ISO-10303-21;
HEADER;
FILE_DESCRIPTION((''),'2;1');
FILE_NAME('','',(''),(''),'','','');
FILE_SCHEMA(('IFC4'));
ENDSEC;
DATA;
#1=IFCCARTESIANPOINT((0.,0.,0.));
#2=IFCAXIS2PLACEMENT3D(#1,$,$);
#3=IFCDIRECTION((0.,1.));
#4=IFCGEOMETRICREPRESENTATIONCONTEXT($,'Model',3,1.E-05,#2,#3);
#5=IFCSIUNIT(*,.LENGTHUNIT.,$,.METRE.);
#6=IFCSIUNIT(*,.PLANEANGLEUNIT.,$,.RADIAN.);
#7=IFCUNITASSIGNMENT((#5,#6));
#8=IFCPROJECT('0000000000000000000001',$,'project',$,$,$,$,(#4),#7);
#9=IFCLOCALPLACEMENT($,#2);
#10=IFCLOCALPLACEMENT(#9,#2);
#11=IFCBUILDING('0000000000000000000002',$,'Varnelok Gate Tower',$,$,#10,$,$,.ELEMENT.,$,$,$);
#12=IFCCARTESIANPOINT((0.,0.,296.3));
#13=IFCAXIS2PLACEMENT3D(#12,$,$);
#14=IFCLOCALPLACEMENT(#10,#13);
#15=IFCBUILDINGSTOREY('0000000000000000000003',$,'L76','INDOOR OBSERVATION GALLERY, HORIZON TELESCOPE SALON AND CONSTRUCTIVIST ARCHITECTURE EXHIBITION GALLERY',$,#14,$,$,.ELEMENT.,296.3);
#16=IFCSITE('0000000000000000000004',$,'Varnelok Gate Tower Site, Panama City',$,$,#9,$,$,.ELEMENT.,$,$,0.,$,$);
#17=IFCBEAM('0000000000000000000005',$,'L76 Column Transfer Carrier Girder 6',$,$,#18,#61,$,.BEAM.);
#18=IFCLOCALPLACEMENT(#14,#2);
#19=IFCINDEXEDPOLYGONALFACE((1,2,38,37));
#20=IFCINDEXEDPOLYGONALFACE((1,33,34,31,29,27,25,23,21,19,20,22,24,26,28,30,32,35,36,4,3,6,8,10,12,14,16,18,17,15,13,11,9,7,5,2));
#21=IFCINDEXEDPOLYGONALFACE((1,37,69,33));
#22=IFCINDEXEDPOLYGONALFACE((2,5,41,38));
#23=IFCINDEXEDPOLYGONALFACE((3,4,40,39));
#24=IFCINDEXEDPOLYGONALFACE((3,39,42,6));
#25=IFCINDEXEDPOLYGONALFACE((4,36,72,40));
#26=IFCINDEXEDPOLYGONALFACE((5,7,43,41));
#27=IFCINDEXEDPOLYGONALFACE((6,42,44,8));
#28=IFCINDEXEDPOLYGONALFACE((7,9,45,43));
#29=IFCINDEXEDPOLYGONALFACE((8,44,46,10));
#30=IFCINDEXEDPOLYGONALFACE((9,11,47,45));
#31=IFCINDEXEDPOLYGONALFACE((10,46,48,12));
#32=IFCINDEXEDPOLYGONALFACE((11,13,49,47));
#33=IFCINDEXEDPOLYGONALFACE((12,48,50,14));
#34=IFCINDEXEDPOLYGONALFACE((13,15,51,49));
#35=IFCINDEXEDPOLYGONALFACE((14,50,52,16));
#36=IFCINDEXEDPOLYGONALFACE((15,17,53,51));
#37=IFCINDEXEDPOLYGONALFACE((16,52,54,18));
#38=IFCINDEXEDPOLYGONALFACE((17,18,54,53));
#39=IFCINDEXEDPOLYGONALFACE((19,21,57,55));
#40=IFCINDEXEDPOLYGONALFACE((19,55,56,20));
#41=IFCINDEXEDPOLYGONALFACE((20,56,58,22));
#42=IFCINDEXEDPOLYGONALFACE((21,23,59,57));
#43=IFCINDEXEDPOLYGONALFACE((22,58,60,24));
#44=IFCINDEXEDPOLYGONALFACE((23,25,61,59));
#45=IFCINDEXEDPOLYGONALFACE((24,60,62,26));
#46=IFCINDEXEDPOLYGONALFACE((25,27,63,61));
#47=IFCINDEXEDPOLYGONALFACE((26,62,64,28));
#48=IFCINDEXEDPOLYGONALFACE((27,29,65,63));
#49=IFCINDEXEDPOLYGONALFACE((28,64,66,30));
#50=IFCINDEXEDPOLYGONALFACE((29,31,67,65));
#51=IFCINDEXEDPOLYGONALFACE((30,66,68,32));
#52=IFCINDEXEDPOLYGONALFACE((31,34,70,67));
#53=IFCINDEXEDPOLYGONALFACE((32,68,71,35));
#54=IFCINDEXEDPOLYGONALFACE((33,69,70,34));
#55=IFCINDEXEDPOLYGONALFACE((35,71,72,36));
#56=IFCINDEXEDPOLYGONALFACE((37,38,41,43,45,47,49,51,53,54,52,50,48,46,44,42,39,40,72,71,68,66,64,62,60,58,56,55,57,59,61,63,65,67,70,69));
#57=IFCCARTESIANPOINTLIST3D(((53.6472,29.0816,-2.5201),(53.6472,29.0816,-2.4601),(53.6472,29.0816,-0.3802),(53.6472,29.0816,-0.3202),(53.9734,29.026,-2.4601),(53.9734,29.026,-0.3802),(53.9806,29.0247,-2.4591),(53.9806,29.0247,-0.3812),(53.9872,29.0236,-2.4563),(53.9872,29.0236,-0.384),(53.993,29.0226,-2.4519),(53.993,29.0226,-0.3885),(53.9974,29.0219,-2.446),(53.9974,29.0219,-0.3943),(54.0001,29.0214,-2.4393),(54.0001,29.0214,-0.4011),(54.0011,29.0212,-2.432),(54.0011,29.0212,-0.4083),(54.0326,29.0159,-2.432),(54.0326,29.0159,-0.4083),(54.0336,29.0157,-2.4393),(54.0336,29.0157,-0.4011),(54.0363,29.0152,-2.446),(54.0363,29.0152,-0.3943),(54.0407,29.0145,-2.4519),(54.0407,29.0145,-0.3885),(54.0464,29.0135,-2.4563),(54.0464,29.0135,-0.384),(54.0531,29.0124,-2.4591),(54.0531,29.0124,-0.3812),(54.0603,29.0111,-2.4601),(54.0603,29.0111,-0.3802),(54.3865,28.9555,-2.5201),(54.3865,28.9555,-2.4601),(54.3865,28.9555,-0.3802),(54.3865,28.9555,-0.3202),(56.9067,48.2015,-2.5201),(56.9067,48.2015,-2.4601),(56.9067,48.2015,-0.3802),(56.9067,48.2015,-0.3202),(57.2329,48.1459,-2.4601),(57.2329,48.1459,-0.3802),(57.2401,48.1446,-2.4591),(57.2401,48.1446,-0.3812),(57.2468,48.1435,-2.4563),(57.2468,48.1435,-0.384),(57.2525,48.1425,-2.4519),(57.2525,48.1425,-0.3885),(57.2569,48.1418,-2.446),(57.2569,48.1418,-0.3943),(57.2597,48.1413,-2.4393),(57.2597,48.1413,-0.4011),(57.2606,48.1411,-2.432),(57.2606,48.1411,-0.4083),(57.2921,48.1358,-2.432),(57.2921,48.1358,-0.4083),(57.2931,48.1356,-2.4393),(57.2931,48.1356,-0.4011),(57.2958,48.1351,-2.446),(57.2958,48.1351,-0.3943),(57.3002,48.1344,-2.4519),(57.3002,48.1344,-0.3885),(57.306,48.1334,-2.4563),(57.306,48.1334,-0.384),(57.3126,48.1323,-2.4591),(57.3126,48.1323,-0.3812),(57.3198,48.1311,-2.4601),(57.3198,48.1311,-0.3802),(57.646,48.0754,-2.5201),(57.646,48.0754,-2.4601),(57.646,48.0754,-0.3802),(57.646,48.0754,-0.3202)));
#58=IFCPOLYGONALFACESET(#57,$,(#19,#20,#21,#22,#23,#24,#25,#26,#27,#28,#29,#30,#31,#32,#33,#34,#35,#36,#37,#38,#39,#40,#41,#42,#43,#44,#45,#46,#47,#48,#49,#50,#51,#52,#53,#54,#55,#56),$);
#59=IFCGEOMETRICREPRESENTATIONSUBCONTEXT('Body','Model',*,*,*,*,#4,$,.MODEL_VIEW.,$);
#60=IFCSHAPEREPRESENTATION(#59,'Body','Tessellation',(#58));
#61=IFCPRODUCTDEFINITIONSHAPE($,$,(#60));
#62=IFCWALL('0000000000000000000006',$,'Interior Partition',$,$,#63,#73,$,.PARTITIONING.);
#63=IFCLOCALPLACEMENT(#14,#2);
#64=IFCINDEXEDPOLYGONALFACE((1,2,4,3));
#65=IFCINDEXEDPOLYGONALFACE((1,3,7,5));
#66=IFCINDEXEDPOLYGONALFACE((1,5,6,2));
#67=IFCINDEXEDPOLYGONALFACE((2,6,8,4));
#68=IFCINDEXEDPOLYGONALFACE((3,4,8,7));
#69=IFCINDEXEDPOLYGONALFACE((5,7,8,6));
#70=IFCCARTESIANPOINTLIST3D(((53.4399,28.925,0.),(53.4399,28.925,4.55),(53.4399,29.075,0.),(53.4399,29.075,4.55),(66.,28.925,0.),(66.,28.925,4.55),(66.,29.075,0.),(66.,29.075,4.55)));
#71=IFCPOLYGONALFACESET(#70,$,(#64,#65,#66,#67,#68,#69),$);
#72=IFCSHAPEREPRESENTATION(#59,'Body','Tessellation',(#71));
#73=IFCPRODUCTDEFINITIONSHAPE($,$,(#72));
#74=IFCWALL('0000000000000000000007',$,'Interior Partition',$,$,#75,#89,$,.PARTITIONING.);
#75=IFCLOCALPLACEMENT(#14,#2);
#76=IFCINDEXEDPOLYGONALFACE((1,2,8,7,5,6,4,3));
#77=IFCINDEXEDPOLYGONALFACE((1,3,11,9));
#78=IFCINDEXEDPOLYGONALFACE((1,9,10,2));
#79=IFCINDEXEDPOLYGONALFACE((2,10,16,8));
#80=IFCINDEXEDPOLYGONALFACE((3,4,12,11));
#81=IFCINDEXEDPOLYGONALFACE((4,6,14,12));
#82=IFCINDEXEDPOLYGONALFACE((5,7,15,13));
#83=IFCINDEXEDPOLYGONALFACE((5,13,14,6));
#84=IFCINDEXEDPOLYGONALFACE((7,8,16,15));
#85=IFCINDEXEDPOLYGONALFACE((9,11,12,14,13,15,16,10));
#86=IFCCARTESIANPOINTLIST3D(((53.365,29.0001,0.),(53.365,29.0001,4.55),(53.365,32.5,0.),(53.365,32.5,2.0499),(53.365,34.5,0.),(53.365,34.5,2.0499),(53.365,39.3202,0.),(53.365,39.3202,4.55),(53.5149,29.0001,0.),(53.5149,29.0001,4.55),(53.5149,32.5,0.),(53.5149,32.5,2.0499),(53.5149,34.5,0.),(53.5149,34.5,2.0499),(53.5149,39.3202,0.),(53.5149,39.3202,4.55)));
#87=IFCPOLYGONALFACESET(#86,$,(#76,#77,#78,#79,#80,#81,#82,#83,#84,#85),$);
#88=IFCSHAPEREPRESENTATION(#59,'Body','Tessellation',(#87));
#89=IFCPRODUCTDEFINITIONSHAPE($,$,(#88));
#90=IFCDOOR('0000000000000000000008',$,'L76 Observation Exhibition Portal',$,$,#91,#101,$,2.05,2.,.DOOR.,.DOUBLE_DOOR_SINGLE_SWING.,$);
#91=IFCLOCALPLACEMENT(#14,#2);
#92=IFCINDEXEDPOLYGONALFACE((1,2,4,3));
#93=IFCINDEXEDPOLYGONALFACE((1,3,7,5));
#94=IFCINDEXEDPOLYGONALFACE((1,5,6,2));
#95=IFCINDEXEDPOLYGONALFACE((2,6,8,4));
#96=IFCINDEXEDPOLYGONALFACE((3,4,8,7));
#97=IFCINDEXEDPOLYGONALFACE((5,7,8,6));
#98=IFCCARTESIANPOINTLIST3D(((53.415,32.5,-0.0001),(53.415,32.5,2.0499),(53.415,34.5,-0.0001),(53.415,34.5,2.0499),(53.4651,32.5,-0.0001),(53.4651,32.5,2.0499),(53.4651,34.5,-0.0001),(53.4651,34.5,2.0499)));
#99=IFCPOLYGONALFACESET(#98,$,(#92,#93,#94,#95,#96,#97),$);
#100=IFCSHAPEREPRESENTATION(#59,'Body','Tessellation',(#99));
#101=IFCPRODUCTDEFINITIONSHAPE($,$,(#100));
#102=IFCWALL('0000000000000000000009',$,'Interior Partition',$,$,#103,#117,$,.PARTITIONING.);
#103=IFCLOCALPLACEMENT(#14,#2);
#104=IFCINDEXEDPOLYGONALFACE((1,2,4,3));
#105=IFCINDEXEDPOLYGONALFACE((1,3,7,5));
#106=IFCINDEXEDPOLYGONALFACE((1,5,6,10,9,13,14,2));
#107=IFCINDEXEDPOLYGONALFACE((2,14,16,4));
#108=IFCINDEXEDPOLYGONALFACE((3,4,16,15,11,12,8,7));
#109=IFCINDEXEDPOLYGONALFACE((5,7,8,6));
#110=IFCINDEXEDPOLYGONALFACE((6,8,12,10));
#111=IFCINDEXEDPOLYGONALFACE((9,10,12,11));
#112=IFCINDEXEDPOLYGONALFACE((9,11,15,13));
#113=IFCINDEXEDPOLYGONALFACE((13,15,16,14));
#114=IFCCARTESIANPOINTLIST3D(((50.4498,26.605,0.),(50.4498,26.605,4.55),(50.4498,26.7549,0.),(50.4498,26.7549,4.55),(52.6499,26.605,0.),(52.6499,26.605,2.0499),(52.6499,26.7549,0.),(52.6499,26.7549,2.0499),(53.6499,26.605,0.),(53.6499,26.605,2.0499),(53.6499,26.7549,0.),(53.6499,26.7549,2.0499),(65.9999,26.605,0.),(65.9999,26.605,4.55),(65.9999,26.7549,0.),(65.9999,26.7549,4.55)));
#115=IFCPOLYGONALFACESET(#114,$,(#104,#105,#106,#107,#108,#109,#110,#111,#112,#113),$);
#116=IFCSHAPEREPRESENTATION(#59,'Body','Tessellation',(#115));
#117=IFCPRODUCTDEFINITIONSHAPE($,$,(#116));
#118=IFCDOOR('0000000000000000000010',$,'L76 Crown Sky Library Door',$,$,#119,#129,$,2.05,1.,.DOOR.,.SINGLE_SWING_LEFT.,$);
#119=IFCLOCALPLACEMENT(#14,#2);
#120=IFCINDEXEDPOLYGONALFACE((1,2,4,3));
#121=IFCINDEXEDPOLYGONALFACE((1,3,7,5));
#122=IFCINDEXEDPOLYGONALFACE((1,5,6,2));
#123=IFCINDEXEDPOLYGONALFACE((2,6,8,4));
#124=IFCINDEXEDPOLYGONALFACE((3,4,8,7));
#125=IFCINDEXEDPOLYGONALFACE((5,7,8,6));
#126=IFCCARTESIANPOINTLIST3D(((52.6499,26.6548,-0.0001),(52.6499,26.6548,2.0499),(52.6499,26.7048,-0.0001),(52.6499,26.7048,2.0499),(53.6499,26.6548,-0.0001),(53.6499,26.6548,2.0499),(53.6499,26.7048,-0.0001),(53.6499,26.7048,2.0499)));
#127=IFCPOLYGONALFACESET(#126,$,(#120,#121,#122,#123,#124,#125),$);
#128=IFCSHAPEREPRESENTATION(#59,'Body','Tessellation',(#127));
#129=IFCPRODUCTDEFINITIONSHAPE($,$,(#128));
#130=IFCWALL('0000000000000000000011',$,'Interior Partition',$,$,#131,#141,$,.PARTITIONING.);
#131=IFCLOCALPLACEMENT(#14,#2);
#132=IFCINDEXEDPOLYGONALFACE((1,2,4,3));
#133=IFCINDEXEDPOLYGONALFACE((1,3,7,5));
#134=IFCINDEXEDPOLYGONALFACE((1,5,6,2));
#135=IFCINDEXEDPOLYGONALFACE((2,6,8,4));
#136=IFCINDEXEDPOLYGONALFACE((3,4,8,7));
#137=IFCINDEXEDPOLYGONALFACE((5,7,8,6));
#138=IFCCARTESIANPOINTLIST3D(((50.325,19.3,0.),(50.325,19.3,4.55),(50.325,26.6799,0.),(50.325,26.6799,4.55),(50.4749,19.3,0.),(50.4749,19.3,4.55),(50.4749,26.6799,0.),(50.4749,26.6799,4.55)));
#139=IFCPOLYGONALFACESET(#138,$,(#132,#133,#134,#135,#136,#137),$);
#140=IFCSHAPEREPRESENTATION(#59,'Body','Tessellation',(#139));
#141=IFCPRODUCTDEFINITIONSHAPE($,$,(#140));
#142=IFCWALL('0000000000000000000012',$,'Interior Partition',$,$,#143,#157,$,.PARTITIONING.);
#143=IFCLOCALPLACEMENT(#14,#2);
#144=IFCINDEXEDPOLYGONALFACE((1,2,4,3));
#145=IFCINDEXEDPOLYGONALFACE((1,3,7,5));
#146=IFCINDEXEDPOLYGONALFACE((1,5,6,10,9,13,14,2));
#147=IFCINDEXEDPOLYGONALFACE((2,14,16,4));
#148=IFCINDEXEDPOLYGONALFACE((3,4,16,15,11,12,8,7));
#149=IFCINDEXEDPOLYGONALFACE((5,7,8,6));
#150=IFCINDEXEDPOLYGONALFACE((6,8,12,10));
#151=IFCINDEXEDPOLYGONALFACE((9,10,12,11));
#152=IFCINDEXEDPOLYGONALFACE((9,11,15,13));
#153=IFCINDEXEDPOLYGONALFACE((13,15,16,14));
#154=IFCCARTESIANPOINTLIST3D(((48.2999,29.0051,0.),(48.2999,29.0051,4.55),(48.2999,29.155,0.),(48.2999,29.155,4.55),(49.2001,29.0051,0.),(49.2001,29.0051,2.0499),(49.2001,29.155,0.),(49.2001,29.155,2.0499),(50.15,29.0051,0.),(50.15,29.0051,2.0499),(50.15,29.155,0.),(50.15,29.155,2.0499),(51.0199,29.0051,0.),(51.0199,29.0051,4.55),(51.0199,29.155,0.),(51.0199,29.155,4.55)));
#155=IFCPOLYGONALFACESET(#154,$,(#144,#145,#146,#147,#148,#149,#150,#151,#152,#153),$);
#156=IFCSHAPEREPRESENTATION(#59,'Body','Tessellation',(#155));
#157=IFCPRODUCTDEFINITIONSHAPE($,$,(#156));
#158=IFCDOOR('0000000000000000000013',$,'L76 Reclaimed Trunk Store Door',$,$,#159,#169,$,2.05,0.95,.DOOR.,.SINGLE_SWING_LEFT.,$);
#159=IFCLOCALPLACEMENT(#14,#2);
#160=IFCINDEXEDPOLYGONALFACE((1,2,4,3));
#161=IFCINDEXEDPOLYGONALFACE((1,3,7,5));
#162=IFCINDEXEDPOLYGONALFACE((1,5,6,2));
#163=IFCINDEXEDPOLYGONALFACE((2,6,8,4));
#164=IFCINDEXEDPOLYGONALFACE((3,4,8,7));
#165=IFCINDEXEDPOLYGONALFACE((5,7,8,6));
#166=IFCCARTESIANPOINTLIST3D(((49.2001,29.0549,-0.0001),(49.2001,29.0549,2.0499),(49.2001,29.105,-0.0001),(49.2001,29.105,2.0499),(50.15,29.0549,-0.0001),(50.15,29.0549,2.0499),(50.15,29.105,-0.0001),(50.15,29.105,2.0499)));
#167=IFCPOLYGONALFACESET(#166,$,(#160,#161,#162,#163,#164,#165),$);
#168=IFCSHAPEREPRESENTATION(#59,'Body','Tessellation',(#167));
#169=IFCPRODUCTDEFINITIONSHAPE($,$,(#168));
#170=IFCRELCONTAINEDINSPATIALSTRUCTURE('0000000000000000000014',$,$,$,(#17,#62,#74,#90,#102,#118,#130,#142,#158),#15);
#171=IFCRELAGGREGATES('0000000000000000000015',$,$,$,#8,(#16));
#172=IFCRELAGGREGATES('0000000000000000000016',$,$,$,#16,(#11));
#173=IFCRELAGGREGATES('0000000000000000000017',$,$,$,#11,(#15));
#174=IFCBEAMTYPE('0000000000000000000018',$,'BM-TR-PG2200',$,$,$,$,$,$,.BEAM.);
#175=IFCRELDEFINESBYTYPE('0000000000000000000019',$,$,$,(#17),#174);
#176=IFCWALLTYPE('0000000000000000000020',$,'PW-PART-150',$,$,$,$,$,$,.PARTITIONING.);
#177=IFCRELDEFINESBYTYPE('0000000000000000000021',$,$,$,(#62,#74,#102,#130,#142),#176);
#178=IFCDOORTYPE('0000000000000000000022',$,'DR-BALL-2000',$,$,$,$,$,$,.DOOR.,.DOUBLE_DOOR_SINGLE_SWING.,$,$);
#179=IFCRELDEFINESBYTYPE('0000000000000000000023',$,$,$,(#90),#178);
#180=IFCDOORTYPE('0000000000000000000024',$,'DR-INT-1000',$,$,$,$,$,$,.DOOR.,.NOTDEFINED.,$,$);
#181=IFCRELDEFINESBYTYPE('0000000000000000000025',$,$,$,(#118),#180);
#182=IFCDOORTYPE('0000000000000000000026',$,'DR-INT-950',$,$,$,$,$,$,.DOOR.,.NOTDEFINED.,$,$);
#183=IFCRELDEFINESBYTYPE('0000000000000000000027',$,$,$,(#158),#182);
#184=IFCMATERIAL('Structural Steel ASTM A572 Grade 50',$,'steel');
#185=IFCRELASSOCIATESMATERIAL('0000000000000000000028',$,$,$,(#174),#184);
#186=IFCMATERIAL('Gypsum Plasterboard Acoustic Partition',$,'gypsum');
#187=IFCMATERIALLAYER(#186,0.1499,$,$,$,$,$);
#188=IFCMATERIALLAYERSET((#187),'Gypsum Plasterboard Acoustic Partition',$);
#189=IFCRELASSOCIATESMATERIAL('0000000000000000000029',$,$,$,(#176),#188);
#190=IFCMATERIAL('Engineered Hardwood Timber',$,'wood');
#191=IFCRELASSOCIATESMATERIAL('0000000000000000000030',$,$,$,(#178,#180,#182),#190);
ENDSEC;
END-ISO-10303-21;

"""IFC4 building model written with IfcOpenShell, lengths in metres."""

from ifc_helpers import new_model, si_unit, direction, frame, frame_2d, origin, origin_2d, place, context, subcontext, project, spatial, rectangle, i_section, extrude, material, layer, layer_set, material_profile, profile_set, type_object, element, fill, save


model = new_model("IFC4")

# Units and contexts
model_context = context("Model", 3, precision=1e-05, world=origin(), true_north=direction((0.0, 1.0)))
body_context = subcontext(model_context, "Body", "Model", "MODEL_VIEW")
ifc_project = project(units=[si_unit("LENGTHUNIT", "METRE"), si_unit("PLANEANGLEUNIT", "RADIAN")], contexts=[model_context])

# Site, building, storey
site_placement = place(None, origin())
site = spatial("IfcSite", under=ifc_project, at=site_placement, Name="Varnelok Gate Tower Site, Panama City", CompositionType="ELEMENT", RefElevation=0.0)
building_placement = place(site_placement, origin())
building = spatial("IfcBuilding", under=site, at=building_placement, Name="Varnelok Gate Tower", CompositionType="ELEMENT")
storey_placement = place(building_placement, frame((0.0, 0.0, 296.3)))
storey = spatial("IfcBuildingStorey", under=building, at=storey_placement, Name="L76", Description="INDOOR OBSERVATION GALLERY, HORIZON TELESCOPE SALON AND CONSTRUCTIVIST ARCHITECTURE EXHIBITION GALLERY", CompositionType="ELEMENT", Elevation=296.3)

# Beam
ifc_material_1 = material(Name="Structural Steel ASTM A572 Grade 50", Category="steel")
ifc_material_profile_1 = material_profile(ifc_material_1, i_section(OverallWidth=0.75, OverallDepth=2.2, WebThickness=0.032, FlangeThickness=0.0601, FilletRadius=0.0281, at=origin_2d()), Name="PG2200X750")
ifc_profile_set_1 = profile_set([ifc_material_profile_1], Name="Structural Steel ASTM A572 Grade 50")
beam_type = type_object("IfcBeamType", Name="BM-TR-PG2200", PredefinedType="BEAM", material=ifc_profile_set_1)
beam_1_placement = place(storey_placement, frame((54.0168, 29.0186, -1.4202), z_axis=(0.168054, 0.985778, 0.0), x_axis=(-0.985778, 0.168054, 0.0)))
element("IfcBeam", 1, at=beam_1_placement, inside=storey, type_object=beam_type, Name="L76 Column Transfer Carrier Girder 6", PredefinedType="BEAM", context=body_context, shape_type="SweptSolid", body=[
    extrude(i_section(OverallWidth=0.75, OverallDepth=2.2, WebThickness=0.032, FlangeThickness=0.0601, FilletRadius=0.0281, at=origin_2d()), origin(), (0.0, 0.0, 1.0), 19.3958),
])

# Wall
ifc_material_2 = material(Name="Gypsum Plasterboard Acoustic Partition", Category="gypsum")
ifc_layer = layer(ifc_material_2, 0.1499)
ifc_layer_set = layer_set([ifc_layer], Name="Gypsum Plasterboard Acoustic Partition")
wall_type = type_object("IfcWallType", Name="PW-PART-150", PredefinedType="PARTITIONING", material=ifc_layer_set)
wall_1_placement = place(storey_placement, frame((53.4399, 29.0, 0.0), z_axis=(0.0, 0.0, 1.0), x_axis=(1.0, 0.0, 0.0)))
element("IfcWall", 2, at=wall_1_placement, inside=storey, type_object=wall_type, Name="Interior Partition", PredefinedType="PARTITIONING", context=body_context, shape_type="SweptSolid", body=[
    extrude(rectangle(XDim=12.5601, YDim=0.1499, at=frame_2d((6.28, 0.0))), origin(), (0.0, 0.0, 1.0), 4.55),
])

# Walls, openings, doors
wall_2_placement = place(storey_placement, frame((53.4399, 29.0, 0.0), z_axis=(0.0, 0.0, 1.0), x_axis=(0.0, 1.0, 0.0)))
wall_2 = element("IfcWall", 3, at=wall_2_placement, inside=storey, type_object=wall_type, Name="Interior Partition", PredefinedType="PARTITIONING", context=body_context, shape_type="SweptSolid", body=[
    extrude(rectangle(XDim=10.3201, YDim=0.1499, at=frame_2d((5.1602, 0.0))), origin(), (0.0, 0.0, 1.0), 4.55),
])
opening_1_placement = place(wall_2_placement, frame((3.5, 0.0, 0.0)))
opening_1 = element("IfcOpeningElement", 4, at=opening_1_placement, cuts=wall_2, PredefinedType="OPENING", context=body_context, shape_type="SweptSolid", body=[
    extrude(rectangle(XDim=2.0, YDim=2.05, at=frame_2d((1.0, 1.0249))), frame((0.0, 0.085, 0.0), z_axis=(0.0, -1.0, 0.0), x_axis=(1.0, 0.0, 0.0)), (0.0, 0.0, 1.0), 0.1699),
])
ifc_material_3 = material(Name="Engineered Hardwood Timber", Category="wood")
door_type_1 = type_object("IfcDoorType", Name="DR-BALL-2000", OperationType="DOUBLE_DOOR_SINGLE_SWING", PredefinedType="DOOR", material=ifc_material_3)
door_1_placement = place(opening_1_placement, origin())
door_1 = element("IfcDoor", 5, at=door_1_placement, inside=storey, type_object=door_type_1, Name="L76 Observation Exhibition Portal", OperationType="DOUBLE_DOOR_SINGLE_SWING", OverallHeight=2.05, OverallWidth=2.0, PredefinedType="DOOR", context=body_context, shape_type="SweptSolid", body=[
    extrude(rectangle(XDim=2.0, YDim=2.05, at=frame_2d((1.0, 1.0249))), frame((0.0, 0.0249, 0.0), z_axis=(0.0, -1.0, 0.0), x_axis=(1.0, 0.0, 0.0)), (0.0, 0.0, 1.0), 0.05),
])
fill(opening_1, door_1)
wall_3_placement = place(storey_placement, frame((50.45, 26.6799, 0.0), z_axis=(0.0, 0.0, 1.0), x_axis=(1.0, 0.0, 0.0)))
wall_3 = element("IfcWall", 6, at=wall_3_placement, inside=storey, type_object=wall_type, Name="Interior Partition", PredefinedType="PARTITIONING", context=body_context, shape_type="SweptSolid", body=[
    extrude(rectangle(XDim=15.55, YDim=0.1499, at=frame_2d((7.7749, 0.0))), origin(), (0.0, 0.0, 1.0), 4.55),
])
opening_2_placement = place(wall_3_placement, frame((2.2, 0.0, 0.0)))
opening_2 = element("IfcOpeningElement", 7, at=opening_2_placement, cuts=wall_3, PredefinedType="OPENING", context=body_context, shape_type="SweptSolid", body=[
    extrude(rectangle(XDim=1.0, YDim=2.05, at=frame_2d((0.5, 1.0249))), frame((0.0, 0.085, 0.0), z_axis=(0.0, -1.0, 0.0), x_axis=(1.0, 0.0, 0.0)), (0.0, 0.0, 1.0), 0.1699),
])
door_type_2 = type_object("IfcDoorType", Name="DR-INT-1000", OperationType="NOTDEFINED", PredefinedType="DOOR", material=ifc_material_3)
door_2_placement = place(opening_2_placement, origin())
door_2 = element("IfcDoor", 8, at=door_2_placement, inside=storey, type_object=door_type_2, Name="L76 Crown Sky Library Door", OperationType="SINGLE_SWING_LEFT", OverallHeight=2.05, OverallWidth=1.0, PredefinedType="DOOR", context=body_context, shape_type="SweptSolid", body=[
    extrude(rectangle(XDim=1.0, YDim=2.05, at=frame_2d((0.5, 1.0249))), frame((0.0, 0.0249, 0.0), z_axis=(0.0, -1.0, 0.0), x_axis=(1.0, 0.0, 0.0)), (0.0, 0.0, 1.0), 0.05),
])
fill(opening_2, door_2)

# Wall
wall_4_placement = place(storey_placement, frame((50.3999, 19.3, 0.0), z_axis=(0.0, 0.0, 1.0), x_axis=(0.0, 1.0, 0.0)))
element("IfcWall", 9, at=wall_4_placement, inside=storey, type_object=wall_type, Name="Interior Partition", PredefinedType="PARTITIONING", context=body_context, shape_type="SweptSolid", body=[
    extrude(rectangle(XDim=7.3799, YDim=0.1499, at=frame_2d((3.6899, 0.0))), origin(), (0.0, 0.0, 1.0), 4.55),
])

# Wall, opening, door
wall_5_placement = place(storey_placement, frame((48.3, 29.0801, 0.0), z_axis=(0.0, 0.0, 1.0), x_axis=(1.0, 0.0, 0.0)))
wall_5 = element("IfcWall", 10, at=wall_5_placement, inside=storey, type_object=wall_type, Name="Interior Partition", PredefinedType="PARTITIONING", context=body_context, shape_type="SweptSolid", body=[
    extrude(rectangle(XDim=2.72, YDim=0.1499, at=frame_2d((1.3599, 0.0))), origin(), (0.0, 0.0, 1.0), 4.55),
])
opening_3_placement = place(wall_5_placement, frame((0.8999, 0.0, 0.0)))
opening_3 = element("IfcOpeningElement", 11, at=opening_3_placement, cuts=wall_5, PredefinedType="OPENING", context=body_context, shape_type="SweptSolid", body=[
    extrude(rectangle(XDim=0.95, YDim=2.05, at=frame_2d((0.4751, 1.0249))), frame((0.0, 0.085, 0.0), z_axis=(0.0, -1.0, 0.0), x_axis=(1.0, 0.0, 0.0)), (0.0, 0.0, 1.0), 0.1699),
])
door_type_3 = type_object("IfcDoorType", Name="DR-INT-950", OperationType="NOTDEFINED", PredefinedType="DOOR", material=ifc_material_3)
door_3_placement = place(opening_3_placement, origin())
door_3 = element("IfcDoor", 12, at=door_3_placement, inside=storey, type_object=door_type_3, Name="L76 Reclaimed Trunk Store Door", OperationType="SINGLE_SWING_LEFT", OverallHeight=2.05, OverallWidth=0.95, PredefinedType="DOOR", context=body_context, shape_type="SweptSolid", body=[
    extrude(rectangle(XDim=0.95, YDim=2.05, at=frame_2d((0.4751, 1.0249))), frame((0.0, 0.0249, 0.0), z_axis=(0.0, -1.0, 0.0), x_axis=(1.0, 0.0, 0.0)), (0.0, 0.0, 1.0), 0.05),
])
fill(opening_3, door_3)

save(model, "model.ifc")
